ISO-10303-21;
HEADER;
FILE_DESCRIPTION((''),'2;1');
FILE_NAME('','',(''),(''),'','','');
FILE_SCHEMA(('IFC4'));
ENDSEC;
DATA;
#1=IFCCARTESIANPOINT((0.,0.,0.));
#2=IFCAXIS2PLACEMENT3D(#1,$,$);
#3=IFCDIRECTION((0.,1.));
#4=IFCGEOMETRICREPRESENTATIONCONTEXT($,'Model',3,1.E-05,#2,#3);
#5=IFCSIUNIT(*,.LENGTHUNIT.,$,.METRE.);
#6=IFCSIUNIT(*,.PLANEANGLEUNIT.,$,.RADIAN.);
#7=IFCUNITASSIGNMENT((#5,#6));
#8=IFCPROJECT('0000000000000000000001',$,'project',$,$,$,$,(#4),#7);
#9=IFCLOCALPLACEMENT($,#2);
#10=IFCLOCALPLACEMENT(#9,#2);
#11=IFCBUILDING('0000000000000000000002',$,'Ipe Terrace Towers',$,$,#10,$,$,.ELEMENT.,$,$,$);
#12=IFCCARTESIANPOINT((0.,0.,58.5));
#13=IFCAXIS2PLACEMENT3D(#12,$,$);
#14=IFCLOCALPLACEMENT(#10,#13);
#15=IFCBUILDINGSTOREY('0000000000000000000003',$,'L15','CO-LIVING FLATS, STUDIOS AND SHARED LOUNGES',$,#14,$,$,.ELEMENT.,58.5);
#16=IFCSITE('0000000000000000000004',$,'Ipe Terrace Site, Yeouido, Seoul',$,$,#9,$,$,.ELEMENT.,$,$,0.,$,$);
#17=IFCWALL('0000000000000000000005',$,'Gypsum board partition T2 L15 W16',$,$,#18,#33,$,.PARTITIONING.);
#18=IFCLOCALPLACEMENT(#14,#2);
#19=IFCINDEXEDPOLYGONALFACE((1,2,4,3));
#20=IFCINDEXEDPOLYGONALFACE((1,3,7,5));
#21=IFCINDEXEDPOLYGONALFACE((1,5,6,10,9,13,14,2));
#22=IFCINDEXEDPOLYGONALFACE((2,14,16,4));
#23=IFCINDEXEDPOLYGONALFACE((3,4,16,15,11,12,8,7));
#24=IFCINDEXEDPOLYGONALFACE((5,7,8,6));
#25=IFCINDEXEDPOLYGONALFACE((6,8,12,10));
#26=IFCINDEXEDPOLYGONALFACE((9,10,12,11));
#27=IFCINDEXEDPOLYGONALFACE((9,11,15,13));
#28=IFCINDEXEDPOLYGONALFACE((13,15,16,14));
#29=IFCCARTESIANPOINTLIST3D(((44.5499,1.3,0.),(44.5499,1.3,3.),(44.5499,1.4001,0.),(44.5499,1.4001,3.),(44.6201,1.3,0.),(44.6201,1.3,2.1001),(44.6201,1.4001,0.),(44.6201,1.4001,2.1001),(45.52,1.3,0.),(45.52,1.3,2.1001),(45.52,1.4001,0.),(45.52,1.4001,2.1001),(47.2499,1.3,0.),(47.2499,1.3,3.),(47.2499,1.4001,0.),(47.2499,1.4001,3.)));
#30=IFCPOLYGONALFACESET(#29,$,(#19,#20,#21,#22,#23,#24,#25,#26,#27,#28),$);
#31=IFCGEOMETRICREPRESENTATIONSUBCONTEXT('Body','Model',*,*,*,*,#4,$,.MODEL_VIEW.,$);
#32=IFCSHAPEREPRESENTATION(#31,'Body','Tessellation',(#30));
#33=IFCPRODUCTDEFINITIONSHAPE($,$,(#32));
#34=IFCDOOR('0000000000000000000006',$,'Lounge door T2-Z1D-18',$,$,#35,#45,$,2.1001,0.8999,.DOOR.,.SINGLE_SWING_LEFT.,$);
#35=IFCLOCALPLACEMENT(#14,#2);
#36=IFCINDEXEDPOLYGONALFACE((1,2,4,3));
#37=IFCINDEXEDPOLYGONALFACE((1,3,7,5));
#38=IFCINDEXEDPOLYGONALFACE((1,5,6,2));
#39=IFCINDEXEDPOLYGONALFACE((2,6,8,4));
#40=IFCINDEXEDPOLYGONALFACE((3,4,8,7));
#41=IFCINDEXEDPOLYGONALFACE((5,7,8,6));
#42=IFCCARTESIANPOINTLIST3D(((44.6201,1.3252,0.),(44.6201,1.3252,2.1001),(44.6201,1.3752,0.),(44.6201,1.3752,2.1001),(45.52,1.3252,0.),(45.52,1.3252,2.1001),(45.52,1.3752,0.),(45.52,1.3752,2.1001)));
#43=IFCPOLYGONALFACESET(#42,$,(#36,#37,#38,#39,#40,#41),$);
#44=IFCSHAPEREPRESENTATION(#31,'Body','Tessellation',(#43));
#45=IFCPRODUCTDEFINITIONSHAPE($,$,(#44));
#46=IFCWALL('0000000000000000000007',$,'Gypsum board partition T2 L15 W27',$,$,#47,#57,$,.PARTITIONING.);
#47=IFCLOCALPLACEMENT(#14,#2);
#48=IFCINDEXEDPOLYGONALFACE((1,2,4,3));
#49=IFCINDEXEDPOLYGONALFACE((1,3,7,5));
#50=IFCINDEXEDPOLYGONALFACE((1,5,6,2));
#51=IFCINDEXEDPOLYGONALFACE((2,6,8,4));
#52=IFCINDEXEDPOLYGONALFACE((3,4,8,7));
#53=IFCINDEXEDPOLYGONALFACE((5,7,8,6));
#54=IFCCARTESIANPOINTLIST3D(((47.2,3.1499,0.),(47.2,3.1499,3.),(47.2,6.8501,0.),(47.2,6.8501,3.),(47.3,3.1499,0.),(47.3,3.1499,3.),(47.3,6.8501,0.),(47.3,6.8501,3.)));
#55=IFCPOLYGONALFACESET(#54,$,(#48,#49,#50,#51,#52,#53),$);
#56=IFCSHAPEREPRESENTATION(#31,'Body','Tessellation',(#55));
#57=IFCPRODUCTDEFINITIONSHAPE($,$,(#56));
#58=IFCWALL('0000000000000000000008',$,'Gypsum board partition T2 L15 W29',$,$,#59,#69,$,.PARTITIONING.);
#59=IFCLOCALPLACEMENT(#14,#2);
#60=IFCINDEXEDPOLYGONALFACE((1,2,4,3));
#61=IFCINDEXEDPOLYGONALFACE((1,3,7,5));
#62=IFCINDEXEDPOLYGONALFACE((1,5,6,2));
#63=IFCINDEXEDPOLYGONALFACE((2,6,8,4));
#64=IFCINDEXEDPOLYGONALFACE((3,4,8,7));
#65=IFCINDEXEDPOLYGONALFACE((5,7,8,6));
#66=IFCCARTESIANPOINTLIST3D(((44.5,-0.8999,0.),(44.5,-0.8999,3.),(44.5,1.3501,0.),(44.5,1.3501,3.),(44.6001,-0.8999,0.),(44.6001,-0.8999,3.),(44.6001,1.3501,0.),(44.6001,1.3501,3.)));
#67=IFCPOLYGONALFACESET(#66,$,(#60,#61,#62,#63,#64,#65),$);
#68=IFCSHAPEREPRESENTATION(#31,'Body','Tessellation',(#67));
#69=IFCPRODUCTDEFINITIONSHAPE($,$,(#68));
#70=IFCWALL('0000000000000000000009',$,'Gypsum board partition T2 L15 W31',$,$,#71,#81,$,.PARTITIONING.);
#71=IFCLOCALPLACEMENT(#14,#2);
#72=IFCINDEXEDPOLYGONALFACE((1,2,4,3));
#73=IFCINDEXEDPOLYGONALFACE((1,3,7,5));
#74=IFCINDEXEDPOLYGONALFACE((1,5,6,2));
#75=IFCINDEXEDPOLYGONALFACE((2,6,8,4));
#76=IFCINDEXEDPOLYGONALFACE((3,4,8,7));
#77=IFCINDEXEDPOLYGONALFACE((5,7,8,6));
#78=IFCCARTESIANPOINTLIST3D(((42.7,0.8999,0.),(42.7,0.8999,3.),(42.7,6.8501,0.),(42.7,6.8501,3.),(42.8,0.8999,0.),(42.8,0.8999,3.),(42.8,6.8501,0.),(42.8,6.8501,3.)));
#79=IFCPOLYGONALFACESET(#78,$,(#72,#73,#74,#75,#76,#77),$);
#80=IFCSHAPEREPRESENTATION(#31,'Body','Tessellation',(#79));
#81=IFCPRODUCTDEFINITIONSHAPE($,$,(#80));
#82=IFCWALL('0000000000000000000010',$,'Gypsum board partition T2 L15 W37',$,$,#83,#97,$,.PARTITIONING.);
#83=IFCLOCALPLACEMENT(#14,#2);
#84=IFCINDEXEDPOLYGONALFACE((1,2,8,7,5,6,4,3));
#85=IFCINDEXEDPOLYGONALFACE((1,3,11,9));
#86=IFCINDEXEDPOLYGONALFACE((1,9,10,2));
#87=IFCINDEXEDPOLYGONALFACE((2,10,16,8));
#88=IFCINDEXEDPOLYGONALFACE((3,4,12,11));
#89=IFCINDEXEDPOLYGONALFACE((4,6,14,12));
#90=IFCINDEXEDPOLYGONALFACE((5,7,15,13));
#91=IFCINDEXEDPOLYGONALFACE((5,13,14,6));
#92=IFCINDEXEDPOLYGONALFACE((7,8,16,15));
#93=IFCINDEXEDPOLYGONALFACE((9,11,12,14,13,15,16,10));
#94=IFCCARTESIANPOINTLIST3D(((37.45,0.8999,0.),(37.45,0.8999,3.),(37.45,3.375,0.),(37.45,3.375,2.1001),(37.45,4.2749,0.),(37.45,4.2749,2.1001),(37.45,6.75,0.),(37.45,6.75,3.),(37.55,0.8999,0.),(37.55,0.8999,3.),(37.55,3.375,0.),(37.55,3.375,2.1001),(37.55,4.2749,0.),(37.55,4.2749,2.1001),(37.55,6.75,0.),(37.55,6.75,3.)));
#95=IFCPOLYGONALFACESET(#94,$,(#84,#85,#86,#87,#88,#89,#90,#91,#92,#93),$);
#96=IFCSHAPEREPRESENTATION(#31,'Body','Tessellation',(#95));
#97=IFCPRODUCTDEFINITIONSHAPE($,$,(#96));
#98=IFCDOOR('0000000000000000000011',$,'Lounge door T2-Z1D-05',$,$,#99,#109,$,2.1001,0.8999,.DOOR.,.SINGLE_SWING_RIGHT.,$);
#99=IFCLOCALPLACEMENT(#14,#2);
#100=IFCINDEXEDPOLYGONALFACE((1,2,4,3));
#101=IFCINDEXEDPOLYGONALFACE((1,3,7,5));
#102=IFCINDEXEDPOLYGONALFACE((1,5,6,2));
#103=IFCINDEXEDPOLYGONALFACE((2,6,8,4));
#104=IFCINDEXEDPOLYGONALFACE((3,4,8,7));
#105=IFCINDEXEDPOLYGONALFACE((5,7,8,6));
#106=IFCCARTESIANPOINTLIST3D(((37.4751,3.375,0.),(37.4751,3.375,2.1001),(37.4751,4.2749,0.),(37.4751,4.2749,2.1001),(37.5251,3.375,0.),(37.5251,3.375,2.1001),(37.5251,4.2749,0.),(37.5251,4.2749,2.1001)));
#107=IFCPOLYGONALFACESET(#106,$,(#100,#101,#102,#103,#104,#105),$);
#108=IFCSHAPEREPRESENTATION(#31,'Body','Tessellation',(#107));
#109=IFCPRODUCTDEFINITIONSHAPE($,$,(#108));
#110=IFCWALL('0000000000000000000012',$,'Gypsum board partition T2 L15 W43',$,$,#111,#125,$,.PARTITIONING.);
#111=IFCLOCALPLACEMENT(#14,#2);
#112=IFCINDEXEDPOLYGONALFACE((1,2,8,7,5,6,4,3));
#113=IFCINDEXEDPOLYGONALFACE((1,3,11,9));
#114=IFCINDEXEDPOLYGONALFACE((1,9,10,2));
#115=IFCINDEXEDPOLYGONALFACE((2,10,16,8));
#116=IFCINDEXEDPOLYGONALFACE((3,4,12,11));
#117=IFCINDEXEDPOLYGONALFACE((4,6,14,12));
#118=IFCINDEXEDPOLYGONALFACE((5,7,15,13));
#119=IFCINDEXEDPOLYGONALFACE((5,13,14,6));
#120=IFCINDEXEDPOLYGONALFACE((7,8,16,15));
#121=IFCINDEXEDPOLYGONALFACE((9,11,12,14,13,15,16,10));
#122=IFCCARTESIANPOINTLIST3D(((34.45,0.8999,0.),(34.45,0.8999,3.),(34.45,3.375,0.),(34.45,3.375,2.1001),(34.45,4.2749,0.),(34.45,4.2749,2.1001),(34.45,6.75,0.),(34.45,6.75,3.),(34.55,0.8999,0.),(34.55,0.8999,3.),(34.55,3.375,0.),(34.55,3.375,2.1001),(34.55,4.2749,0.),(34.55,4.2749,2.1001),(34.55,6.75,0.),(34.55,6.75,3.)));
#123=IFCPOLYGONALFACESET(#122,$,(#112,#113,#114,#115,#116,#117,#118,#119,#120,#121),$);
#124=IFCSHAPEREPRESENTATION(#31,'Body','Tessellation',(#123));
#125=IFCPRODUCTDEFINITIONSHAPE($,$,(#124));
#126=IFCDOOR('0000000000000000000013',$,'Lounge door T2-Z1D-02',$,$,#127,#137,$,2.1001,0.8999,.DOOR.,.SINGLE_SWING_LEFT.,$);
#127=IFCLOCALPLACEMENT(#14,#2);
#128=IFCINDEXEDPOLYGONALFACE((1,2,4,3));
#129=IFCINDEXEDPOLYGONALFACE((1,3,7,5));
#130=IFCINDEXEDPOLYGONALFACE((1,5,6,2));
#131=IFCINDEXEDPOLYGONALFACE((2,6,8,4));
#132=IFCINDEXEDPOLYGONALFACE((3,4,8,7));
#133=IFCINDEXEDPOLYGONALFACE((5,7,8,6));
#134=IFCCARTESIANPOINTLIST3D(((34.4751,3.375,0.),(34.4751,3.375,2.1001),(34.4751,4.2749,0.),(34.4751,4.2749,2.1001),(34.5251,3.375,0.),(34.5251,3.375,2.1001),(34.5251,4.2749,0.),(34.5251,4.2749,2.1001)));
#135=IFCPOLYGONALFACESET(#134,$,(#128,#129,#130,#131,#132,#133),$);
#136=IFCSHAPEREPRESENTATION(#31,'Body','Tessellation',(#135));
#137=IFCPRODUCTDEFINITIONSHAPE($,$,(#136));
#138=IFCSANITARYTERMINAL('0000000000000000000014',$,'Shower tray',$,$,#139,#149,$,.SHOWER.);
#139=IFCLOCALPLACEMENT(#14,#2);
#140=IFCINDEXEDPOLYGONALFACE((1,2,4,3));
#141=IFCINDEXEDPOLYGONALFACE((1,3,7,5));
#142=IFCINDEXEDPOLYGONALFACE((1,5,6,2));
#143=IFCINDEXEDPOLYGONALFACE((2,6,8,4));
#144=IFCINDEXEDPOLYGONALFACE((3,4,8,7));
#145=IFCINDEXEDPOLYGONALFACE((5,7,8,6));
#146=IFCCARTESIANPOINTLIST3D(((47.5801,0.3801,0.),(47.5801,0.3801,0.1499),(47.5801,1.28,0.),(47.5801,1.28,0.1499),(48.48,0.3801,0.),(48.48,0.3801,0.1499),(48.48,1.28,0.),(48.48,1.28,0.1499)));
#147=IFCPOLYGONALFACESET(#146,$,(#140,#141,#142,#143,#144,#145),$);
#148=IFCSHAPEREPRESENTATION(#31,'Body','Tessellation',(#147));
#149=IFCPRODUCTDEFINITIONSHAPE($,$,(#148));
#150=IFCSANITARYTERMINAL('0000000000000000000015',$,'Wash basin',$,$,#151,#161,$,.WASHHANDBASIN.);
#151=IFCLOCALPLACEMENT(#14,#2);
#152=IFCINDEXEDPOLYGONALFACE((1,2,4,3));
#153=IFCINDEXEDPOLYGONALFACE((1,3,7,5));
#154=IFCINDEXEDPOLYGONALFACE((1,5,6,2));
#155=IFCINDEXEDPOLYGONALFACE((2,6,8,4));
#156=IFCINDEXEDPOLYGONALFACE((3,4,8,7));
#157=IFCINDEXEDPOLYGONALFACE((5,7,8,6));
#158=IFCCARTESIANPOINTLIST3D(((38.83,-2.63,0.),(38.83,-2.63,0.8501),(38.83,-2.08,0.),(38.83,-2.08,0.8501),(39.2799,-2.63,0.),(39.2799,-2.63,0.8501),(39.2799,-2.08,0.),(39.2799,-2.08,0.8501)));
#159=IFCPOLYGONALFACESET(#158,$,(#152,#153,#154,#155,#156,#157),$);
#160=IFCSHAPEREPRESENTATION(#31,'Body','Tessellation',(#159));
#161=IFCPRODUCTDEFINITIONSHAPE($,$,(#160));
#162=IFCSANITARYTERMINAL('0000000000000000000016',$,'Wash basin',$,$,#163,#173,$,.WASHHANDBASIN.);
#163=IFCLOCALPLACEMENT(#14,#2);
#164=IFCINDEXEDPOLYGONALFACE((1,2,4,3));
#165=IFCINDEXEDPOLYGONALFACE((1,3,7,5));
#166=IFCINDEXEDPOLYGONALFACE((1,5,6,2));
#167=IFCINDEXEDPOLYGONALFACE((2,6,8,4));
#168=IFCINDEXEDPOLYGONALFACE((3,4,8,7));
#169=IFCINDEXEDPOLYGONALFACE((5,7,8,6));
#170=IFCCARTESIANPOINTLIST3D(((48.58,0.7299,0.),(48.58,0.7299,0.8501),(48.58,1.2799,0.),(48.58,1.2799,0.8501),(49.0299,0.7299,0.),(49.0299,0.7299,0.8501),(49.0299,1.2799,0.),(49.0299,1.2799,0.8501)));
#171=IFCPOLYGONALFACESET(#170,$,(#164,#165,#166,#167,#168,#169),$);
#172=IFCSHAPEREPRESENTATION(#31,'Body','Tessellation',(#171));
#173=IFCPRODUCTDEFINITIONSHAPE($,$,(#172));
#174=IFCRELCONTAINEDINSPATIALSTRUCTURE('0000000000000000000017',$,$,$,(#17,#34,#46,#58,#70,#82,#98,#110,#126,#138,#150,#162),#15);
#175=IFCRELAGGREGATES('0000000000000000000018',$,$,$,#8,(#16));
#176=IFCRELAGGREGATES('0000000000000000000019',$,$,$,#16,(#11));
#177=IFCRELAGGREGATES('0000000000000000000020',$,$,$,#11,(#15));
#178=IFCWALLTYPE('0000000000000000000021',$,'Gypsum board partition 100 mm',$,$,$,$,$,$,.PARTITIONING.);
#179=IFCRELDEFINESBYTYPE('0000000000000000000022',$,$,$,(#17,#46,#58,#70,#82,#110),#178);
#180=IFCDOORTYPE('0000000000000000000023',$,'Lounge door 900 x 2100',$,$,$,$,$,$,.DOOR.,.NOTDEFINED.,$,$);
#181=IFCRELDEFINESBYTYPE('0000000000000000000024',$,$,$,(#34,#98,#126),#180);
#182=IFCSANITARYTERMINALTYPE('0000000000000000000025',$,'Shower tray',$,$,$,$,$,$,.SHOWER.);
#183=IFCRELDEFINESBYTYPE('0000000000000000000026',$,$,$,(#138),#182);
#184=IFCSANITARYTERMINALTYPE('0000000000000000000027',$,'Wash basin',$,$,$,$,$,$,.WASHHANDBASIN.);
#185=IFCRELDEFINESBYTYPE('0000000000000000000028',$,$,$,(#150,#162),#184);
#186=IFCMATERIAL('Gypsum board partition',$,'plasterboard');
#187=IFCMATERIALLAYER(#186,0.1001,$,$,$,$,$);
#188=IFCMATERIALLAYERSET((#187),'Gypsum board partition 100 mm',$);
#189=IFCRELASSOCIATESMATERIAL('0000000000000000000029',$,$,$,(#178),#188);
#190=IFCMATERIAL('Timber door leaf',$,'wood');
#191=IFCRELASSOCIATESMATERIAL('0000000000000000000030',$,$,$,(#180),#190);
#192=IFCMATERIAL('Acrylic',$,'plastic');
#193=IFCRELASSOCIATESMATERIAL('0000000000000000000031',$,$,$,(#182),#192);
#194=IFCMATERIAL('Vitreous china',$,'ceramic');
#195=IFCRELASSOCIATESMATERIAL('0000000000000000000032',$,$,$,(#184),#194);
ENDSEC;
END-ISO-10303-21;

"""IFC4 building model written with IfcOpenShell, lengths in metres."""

from ifc_helpers import new_model, si_unit, direction, frame, frame_2d, origin, origin_2d, place, context, subcontext, project, spatial, rectangle, extrude, material, layer, layer_set, type_object, element, fill, save


model = new_model("IFC4")

# Units and contexts
model_context = context("Model", 3, precision=1e-05, world=origin(), true_north=direction((0.0, 1.0)))
body_context = subcontext(model_context, "Body", "Model", "MODEL_VIEW")
ifc_project = project(units=[si_unit("LENGTHUNIT", "METRE"), si_unit("PLANEANGLEUNIT", "RADIAN")], contexts=[model_context])

# Site, building, storey
site_placement = place(None, origin())
site = spatial("IfcSite", under=ifc_project, at=site_placement, Name="Ipe Terrace Site, Yeouido, Seoul", CompositionType="ELEMENT", RefElevation=0.0)
building_placement = place(site_placement, origin())
building = spatial("IfcBuilding", under=site, at=building_placement, Name="Ipe Terrace Towers", CompositionType="ELEMENT")
storey_placement = place(building_placement, frame((0.0, 0.0, 58.5)))
storey = spatial("IfcBuildingStorey", under=building, at=storey_placement, Name="L15", Description="CO-LIVING FLATS, STUDIOS AND SHARED LOUNGES", CompositionType="ELEMENT", Elevation=58.5)

# Shared definitions
ifc_material_1 = material(Name="Gypsum board partition", Category="plasterboard")
ifc_layer_1 = layer(ifc_material_1, 0.1001)
ifc_layer_set_1 = layer_set([ifc_layer_1], Name="Gypsum board partition 100 mm")
wall_type = type_object("IfcWallType", Name="Gypsum board partition 100 mm", PredefinedType="PARTITIONING", material=ifc_layer_set_1)

# Wall, opening, door
wall_1_placement = place(storey_placement, frame((47.25, 1.3501, 0.0), z_axis=(0.0, 0.0, 1.0), x_axis=(-1.0, 0.0, 0.0)))
wall_1 = element("IfcWall", 1, at=wall_1_placement, inside=storey, type_object=wall_type, Name="Gypsum board partition T2 L15 W16", PredefinedType="PARTITIONING", context=body_context, shape_type="SweptSolid", body=[
    extrude(rectangle(XDim=2.7, YDim=0.1001, at=frame_2d((1.3501, 0.0))), origin(), (0.0, 0.0, 1.0), 3.0),
])
opening_1_placement = place(wall_1_placement, frame((1.73, 0.0, 0.0)))
opening_1 = element("IfcOpeningElement", 2, at=opening_1_placement, cuts=wall_1, PredefinedType="OPENING", context=body_context, shape_type="SweptSolid", body=[
    extrude(rectangle(XDim=0.8999, YDim=2.1001, at=frame_2d((0.45, 1.05))), frame((0.0, 0.0601, 0.0), z_axis=(0.0, -1.0, 0.0), x_axis=(1.0, 0.0, 0.0)), (0.0, 0.0, 1.0), 0.1201),
])
ifc_material_2 = material(Name="Timber door leaf", Category="wood")
door_type_1 = type_object("IfcDoorType", Name="Lounge door 900 x 2100", OperationType="NOTDEFINED", PredefinedType="DOOR", material=ifc_material_2)
door_1_placement = place(opening_1_placement, origin())
door_1 = element("IfcDoor", 3, at=door_1_placement, inside=storey, type_object=door_type_1, Name="Lounge door T2-Z1D-18", OperationType="SINGLE_SWING_LEFT", OverallHeight=2.1001, OverallWidth=0.8999, PredefinedType="DOOR", context=body_context, shape_type="SweptSolid", body=[
    extrude(rectangle(XDim=0.8999, YDim=2.1001, at=frame_2d((0.45, 1.05))), frame((0.0, 0.0249, 0.0), z_axis=(0.0, -1.0, 0.0), x_axis=(1.0, 0.0, 0.0)), (0.0, 0.0, 1.0), 0.05),
])
fill(opening_1, door_1)

# Walls
wall_2_placement = place(storey_placement, frame((47.25, 3.1499, 0.0), z_axis=(0.0, 0.0, 1.0), x_axis=(0.0, 1.0, 0.0)))
element("IfcWall", 4, at=wall_2_placement, inside=storey, type_object=wall_type, Name="Gypsum board partition T2 L15 W27", PredefinedType="PARTITIONING", context=body_context, shape_type="SweptSolid", body=[
    extrude(rectangle(XDim=3.7002, YDim=0.1001, at=frame_2d((1.8501, 0.0))), origin(), (0.0, 0.0, 1.0), 3.0),
])
wall_3_placement = place(storey_placement, frame((44.55, -0.8999, 0.0), z_axis=(0.0, 0.0, 1.0), x_axis=(0.0, 1.0, 0.0)))
element("IfcWall", 5, at=wall_3_placement, inside=storey, type_object=wall_type, Name="Gypsum board partition T2 L15 W29", PredefinedType="PARTITIONING", context=body_context, shape_type="SweptSolid", body=[
    extrude(rectangle(XDim=2.25, YDim=0.1001, at=frame_2d((1.125, 0.0))), origin(), (0.0, 0.0, 1.0), 3.0),
])
wall_4_placement = place(storey_placement, frame((42.75, 0.8999, 0.0), z_axis=(0.0, 0.0, 1.0), x_axis=(0.0, 1.0, 0.0)))
element("IfcWall", 6, at=wall_4_placement, inside=storey, type_object=wall_type, Name="Gypsum board partition T2 L15 W31", PredefinedType="PARTITIONING", context=body_context, shape_type="SweptSolid", body=[
    extrude(rectangle(XDim=5.9502, YDim=0.1001, at=frame_2d((2.9751, 0.0))), origin(), (0.0, 0.0, 1.0), 3.0),
])

# Walls, openings, doors
wall_5_placement = place(storey_placement, frame((37.5, 0.8999, 0.0), z_axis=(0.0, 0.0, 1.0), x_axis=(0.0, 1.0, 0.0)))
wall_5 = element("IfcWall", 7, at=wall_5_placement, inside=storey, type_object=wall_type, Name="Gypsum board partition T2 L15 W37", PredefinedType="PARTITIONING", context=body_context, shape_type="SweptSolid", body=[
    extrude(rectangle(XDim=5.8501, YDim=0.1001, at=frame_2d((2.925, 0.0))), origin(), (0.0, 0.0, 1.0), 3.0),
])
opening_2_placement = place(wall_5_placement, frame((2.4751, 0.0, 0.0)))
opening_2 = element("IfcOpeningElement", 8, at=opening_2_placement, cuts=wall_5, PredefinedType="OPENING", context=body_context, shape_type="SweptSolid", body=[
    extrude(rectangle(XDim=0.8999, YDim=2.1001, at=frame_2d((0.45, 1.05))), frame((0.0, 0.0601, 0.0), z_axis=(0.0, -1.0, 0.0), x_axis=(1.0, 0.0, 0.0)), (0.0, 0.0, 1.0), 0.1201),
])
door_2_placement = place(opening_2_placement, origin())
door_2 = element("IfcDoor", 9, at=door_2_placement, inside=storey, type_object=door_type_1, Name="Lounge door T2-Z1D-05", OperationType="SINGLE_SWING_RIGHT", OverallHeight=2.1001, OverallWidth=0.8999, PredefinedType="DOOR", context=body_context, shape_type="SweptSolid", body=[
    extrude(rectangle(XDim=0.8999, YDim=2.1001, at=frame_2d((0.45, 1.05))), frame((0.0, 0.0249, 0.0), z_axis=(0.0, -1.0, 0.0), x_axis=(1.0, 0.0, 0.0)), (0.0, 0.0, 1.0), 0.05),
])
fill(opening_2, door_2)
wall_6_placement = place(storey_placement, frame((34.5, 0.8999, 0.0), z_axis=(0.0, 0.0, 1.0), x_axis=(0.0, 1.0, 0.0)))
wall_6 = element("IfcWall", 10, at=wall_6_placement, inside=storey, type_object=wall_type, Name="Gypsum board partition T2 L15 W43", PredefinedType="PARTITIONING", context=body_context, shape_type="SweptSolid", body=[
    extrude(rectangle(XDim=5.8501, YDim=0.1001, at=frame_2d((2.925, 0.0))), origin(), (0.0, 0.0, 1.0), 3.0),
])
opening_3_placement = place(wall_6_placement, frame((2.4751, 0.0, 0.0)))
opening_3 = element("IfcOpeningElement", 11, at=opening_3_placement, cuts=wall_6, PredefinedType="OPENING", context=body_context, shape_type="SweptSolid", body=[
    extrude(rectangle(XDim=0.8999, YDim=2.1001, at=frame_2d((0.45, 1.05))), frame((0.0, 0.0601, 0.0), z_axis=(0.0, -1.0, 0.0), x_axis=(1.0, 0.0, 0.0)), (0.0, 0.0, 1.0), 0.1201),
])
door_3_placement = place(opening_3_placement, origin())
door_3 = element("IfcDoor", 12, at=door_3_placement, inside=storey, type_object=door_type_1, Name="Lounge door T2-Z1D-02", OperationType="SINGLE_SWING_LEFT", OverallHeight=2.1001, OverallWidth=0.8999, PredefinedType="DOOR", context=body_context, shape_type="SweptSolid", body=[
    extrude(rectangle(XDim=0.8999, YDim=2.1001, at=frame_2d((0.45, 1.05))), frame((0.0, 0.0249, 0.0), z_axis=(0.0, -1.0, 0.0), x_axis=(1.0, 0.0, 0.0)), (0.0, 0.0, 1.0), 0.05),
])
fill(opening_3, door_3)

# Sanitary terminals
ifc_material_3 = material(Name="Acrylic", Category="plastic")
sanitary_terminal_type_1 = type_object("IfcSanitaryTerminalType", Name="Shower tray", PredefinedType="SHOWER", material=ifc_material_3)
sanitary_terminal_placement = place(storey_placement, frame((48.03, 0.8301, 0.0), z_axis=(0.0, 0.0, 1.0), x_axis=(0.0, -1.0, 0.0)))
element("IfcSanitaryTerminal", 13, at=sanitary_terminal_placement, inside=storey, type_object=sanitary_terminal_type_1, Name="Shower tray", PredefinedType="SHOWER", context=body_context, shape_type="SweptSolid", body=[
    extrude(rectangle(XDim=0.8999, YDim=0.8999, at=origin_2d()), origin(), (0.0, 0.0, 1.0), 0.1499),
])
ifc_material_4 = material(Name="Vitreous china", Category="ceramic")
sanitary_terminal_type_2 = type_object("IfcSanitaryTerminalType", Name="Wash basin", PredefinedType="WASHHANDBASIN", material=ifc_material_4)
for number, where, z_axis, x_axis, name in (
    (14, (39.0549, -2.355, 0.0), (0.0, 0.0, 1.0), (0.0, 1.0, 0.0), "Wash basin"),
    (15, (48.8049, 1.0049, 0.0), (0.0, 0.0, 1.0), (0.0, -1.0, 0.0), "Wash basin"),
):
    element("IfcSanitaryTerminal", number, at=place(storey_placement, frame(where, z_axis=z_axis, x_axis=x_axis)), inside=storey, type_object=sanitary_terminal_type_2, Name=name, PredefinedType="WASHHANDBASIN", context=body_context, shape_type="SweptSolid", body=[
        extrude(rectangle(XDim=0.55, YDim=0.45, at=origin_2d()), origin(), (0.0, 0.0, 1.0), 0.8501),
    ])

save(model, "model.ifc")
